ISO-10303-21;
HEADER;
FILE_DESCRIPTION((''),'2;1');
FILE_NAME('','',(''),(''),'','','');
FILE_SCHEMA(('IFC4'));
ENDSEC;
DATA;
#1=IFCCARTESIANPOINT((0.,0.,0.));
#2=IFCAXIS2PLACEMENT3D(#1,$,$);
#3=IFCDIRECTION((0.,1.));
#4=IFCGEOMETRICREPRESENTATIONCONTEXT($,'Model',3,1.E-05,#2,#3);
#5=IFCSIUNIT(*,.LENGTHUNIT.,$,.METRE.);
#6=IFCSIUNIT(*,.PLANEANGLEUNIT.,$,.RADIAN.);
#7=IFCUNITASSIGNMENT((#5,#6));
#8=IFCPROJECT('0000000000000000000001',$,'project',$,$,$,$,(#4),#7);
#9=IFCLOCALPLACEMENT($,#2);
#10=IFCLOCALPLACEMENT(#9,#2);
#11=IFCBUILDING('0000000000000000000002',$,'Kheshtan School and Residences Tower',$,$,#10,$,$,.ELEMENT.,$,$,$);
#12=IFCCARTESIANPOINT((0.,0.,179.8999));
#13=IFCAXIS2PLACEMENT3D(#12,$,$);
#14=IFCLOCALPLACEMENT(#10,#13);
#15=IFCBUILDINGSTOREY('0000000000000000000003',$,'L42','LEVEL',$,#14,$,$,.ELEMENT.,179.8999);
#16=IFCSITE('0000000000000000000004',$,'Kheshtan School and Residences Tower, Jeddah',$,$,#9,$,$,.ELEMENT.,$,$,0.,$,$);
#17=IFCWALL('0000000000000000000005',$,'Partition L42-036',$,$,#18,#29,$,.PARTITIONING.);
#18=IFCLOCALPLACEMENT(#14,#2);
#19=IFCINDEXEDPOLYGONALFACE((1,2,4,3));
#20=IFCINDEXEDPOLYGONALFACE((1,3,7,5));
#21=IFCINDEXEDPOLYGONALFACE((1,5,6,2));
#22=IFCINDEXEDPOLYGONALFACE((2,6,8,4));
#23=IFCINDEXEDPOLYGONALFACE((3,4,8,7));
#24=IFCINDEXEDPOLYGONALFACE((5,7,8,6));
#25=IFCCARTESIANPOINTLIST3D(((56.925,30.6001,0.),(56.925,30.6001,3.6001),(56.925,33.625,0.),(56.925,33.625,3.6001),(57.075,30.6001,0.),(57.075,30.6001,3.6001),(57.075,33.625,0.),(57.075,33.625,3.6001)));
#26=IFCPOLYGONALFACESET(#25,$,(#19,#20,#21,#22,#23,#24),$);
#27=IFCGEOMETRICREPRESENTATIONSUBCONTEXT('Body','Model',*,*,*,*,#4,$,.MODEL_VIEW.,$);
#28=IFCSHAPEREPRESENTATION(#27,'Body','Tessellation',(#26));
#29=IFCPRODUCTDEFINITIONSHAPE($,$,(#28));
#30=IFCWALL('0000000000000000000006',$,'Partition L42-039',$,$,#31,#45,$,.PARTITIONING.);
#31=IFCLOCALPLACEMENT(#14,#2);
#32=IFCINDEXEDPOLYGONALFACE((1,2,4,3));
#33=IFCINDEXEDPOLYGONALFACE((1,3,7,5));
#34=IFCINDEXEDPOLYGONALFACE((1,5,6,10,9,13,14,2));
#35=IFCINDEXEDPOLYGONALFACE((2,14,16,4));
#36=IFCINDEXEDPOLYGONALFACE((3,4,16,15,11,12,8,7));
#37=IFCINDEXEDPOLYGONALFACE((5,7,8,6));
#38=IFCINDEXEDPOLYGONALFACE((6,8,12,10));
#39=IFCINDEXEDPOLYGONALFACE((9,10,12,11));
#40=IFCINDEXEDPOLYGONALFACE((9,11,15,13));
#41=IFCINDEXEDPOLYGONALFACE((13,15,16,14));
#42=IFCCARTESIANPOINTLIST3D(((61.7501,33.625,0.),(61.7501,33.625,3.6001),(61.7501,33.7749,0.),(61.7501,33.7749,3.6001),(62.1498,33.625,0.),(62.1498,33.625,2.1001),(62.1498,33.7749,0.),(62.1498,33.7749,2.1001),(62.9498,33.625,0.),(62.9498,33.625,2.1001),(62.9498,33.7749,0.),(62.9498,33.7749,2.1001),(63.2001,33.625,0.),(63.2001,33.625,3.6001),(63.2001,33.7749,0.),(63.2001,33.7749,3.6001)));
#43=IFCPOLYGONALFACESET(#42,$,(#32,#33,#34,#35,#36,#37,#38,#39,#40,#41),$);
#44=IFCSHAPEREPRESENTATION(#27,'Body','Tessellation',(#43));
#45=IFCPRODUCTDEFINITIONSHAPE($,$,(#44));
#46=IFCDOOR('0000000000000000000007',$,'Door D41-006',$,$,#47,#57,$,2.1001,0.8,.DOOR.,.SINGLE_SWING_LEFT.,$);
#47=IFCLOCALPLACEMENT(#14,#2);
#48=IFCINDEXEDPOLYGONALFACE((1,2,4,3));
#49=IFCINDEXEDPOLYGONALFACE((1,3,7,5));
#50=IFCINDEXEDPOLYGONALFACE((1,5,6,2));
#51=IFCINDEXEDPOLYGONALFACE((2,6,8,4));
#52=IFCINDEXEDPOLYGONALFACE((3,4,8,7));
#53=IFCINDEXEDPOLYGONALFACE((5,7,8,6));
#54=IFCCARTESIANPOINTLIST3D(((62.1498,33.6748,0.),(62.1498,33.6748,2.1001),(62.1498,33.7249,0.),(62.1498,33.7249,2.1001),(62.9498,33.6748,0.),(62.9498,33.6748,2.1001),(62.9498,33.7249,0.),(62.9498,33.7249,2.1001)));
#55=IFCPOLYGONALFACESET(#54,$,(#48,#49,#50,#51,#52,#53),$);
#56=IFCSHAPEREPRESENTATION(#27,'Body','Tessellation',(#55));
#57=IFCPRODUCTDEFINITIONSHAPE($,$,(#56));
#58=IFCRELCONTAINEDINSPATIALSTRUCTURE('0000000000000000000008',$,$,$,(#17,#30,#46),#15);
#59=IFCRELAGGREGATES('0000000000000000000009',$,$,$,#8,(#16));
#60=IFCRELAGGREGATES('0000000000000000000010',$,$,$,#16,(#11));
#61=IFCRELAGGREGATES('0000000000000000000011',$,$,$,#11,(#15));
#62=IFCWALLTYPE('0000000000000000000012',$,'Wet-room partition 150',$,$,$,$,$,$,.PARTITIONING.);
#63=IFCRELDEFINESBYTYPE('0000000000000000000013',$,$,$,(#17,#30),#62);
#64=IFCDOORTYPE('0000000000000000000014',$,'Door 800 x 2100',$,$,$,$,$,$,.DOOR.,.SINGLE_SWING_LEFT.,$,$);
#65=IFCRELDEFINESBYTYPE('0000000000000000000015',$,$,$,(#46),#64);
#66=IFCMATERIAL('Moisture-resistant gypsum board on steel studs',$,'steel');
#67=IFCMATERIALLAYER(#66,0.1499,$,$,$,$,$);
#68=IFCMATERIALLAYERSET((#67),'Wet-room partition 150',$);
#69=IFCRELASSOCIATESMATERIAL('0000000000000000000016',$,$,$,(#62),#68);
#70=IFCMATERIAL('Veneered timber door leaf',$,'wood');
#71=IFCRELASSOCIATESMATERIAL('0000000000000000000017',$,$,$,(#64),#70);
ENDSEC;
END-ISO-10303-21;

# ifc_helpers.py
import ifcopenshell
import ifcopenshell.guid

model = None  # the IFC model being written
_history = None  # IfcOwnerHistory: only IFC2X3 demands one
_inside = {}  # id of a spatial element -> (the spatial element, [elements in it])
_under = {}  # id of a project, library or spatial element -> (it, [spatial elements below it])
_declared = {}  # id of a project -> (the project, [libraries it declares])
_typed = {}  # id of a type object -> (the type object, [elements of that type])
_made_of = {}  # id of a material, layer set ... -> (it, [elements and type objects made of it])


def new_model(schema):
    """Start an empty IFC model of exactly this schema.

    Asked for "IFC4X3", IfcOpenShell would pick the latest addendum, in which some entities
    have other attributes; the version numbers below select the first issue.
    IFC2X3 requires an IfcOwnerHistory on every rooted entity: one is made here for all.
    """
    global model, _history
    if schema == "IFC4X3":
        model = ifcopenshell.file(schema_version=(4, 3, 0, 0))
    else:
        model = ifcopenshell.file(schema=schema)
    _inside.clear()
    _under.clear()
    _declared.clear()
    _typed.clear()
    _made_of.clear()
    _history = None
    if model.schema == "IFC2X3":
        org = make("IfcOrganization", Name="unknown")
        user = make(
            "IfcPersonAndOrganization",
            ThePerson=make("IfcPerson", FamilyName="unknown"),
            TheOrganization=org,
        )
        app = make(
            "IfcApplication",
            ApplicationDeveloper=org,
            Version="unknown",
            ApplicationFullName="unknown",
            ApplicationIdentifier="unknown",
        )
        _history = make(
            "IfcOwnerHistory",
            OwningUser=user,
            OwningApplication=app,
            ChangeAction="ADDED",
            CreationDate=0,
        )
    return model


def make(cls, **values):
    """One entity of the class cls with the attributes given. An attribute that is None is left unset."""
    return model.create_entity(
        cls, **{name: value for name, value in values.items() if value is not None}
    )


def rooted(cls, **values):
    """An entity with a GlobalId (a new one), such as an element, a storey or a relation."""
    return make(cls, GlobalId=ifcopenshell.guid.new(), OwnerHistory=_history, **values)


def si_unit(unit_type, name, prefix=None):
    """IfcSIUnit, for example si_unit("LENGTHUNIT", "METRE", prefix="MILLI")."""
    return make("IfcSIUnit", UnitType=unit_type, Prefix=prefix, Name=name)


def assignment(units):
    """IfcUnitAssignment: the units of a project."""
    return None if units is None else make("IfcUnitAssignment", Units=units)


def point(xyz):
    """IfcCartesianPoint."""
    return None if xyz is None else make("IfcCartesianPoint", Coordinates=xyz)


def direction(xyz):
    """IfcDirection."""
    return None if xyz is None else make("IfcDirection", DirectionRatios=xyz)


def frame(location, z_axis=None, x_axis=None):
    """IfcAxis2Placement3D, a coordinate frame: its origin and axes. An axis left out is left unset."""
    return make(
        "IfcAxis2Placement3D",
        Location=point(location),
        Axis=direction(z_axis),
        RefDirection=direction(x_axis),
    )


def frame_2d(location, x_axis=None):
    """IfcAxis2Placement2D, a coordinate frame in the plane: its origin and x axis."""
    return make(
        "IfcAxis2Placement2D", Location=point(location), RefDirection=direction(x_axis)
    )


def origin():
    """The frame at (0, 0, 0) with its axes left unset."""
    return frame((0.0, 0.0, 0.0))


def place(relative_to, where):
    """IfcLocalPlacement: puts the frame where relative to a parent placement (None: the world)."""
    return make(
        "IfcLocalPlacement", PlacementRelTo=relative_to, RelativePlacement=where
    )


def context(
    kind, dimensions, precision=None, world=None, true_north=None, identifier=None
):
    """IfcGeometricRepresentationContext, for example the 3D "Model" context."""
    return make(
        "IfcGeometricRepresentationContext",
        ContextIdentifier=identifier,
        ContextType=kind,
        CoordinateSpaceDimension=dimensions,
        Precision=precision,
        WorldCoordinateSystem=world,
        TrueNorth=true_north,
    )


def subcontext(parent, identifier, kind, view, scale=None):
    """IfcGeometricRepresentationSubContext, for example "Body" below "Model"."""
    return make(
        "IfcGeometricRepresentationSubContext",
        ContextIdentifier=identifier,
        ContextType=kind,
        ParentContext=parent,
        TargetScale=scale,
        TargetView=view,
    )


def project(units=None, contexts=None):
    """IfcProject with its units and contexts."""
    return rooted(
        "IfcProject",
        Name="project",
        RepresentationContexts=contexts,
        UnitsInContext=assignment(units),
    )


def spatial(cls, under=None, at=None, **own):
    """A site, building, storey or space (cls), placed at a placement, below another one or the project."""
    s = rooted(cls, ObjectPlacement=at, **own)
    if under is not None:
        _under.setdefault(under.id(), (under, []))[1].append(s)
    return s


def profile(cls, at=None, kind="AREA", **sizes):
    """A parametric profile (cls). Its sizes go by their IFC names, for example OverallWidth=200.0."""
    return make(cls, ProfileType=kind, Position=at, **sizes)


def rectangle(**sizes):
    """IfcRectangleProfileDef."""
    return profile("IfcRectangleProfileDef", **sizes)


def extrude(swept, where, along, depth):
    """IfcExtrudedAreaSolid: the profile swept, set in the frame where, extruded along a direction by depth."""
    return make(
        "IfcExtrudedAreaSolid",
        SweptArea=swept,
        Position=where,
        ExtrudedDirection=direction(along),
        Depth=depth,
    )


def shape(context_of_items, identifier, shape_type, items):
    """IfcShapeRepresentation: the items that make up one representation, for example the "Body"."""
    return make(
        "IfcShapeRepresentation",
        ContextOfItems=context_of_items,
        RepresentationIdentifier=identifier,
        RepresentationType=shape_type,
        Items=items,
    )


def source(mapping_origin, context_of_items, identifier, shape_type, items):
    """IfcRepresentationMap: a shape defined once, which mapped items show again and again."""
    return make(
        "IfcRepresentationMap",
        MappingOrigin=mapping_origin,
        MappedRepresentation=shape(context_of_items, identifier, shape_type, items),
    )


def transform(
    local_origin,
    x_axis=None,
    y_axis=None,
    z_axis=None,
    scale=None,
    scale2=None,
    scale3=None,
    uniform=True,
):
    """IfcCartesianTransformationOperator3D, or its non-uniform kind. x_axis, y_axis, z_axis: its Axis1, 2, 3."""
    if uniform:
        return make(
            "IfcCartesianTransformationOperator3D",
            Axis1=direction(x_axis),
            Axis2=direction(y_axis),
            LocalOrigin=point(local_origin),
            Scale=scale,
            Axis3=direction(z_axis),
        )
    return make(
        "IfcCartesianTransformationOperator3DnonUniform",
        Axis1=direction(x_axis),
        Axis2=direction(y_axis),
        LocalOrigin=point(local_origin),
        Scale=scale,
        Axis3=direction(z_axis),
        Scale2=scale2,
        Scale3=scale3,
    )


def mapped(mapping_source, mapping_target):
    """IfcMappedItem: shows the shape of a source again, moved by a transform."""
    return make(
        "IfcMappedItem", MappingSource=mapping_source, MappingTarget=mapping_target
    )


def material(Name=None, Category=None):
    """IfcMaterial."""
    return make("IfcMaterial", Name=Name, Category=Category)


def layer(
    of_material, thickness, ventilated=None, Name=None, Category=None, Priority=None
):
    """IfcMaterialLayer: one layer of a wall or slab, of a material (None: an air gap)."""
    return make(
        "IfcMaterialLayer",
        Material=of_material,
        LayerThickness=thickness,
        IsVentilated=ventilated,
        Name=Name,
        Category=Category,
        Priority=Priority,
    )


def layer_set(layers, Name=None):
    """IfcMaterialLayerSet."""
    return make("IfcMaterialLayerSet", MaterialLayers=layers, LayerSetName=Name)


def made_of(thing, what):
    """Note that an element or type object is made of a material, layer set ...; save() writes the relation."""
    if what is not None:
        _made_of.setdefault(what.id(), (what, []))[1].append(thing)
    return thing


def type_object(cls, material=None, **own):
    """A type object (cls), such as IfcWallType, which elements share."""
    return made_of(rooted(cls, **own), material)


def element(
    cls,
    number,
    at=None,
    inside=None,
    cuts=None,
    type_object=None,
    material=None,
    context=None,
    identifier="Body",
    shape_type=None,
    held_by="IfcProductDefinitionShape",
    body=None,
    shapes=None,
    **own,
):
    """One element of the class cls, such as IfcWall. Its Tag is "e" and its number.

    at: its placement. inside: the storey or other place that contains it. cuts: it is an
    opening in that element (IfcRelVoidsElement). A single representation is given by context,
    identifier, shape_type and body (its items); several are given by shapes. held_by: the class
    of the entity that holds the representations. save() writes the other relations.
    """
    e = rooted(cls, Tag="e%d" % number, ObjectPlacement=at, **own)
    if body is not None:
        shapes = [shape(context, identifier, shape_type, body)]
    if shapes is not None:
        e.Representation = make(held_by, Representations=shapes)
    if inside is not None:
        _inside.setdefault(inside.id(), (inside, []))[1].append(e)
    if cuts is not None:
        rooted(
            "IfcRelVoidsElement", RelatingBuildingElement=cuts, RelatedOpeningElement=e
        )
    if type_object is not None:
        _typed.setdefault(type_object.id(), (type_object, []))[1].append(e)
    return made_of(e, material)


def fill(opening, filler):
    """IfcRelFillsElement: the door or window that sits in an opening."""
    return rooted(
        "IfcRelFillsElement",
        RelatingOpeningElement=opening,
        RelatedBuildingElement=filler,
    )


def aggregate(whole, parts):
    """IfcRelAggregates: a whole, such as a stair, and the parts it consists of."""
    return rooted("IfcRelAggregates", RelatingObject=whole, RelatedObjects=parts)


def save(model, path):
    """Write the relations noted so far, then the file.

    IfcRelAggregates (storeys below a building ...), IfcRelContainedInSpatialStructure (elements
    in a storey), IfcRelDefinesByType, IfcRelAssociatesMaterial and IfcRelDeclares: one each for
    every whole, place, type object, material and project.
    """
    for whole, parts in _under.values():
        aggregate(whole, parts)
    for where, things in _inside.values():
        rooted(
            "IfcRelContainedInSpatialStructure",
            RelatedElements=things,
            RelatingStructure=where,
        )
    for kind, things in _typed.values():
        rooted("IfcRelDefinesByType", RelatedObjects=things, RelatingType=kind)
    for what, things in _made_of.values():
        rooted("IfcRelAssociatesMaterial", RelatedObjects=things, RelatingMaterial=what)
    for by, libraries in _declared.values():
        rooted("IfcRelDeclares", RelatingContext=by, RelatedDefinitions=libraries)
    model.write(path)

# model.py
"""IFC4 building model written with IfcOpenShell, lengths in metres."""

from ifc_helpers import new_model, si_unit, direction, frame, frame_2d, origin, place, context, subcontext, project, spatial, rectangle, extrude, source, transform, mapped, material, layer, layer_set, type_object, element, fill, save


model = new_model("IFC4")

# Units and contexts
model_context = context("Model", 3, precision=1e-05, world=origin(), true_north=direction((0.0, 1.0)))
body_context = subcontext(model_context, "Body", "Model", "MODEL_VIEW")
ifc_project = project(units=[si_unit("LENGTHUNIT", "METRE"), si_unit("PLANEANGLEUNIT", "RADIAN")], contexts=[model_context])

# Site, building, storey
site_placement = place(None, origin())
site = spatial("IfcSite", under=ifc_project, at=site_placement, Name="Kheshtan School and Residences Tower, Jeddah", CompositionType="ELEMENT", RefElevation=0.0)
building_placement = place(site_placement, origin())
building = spatial("IfcBuilding", under=site, at=building_placement, Name="Kheshtan School and Residences Tower", CompositionType="ELEMENT")
storey_placement = place(building_placement, frame((0.0, 0.0, 179.8999)))
storey = spatial("IfcBuildingStorey", under=building, at=storey_placement, Name="L42", Description="LEVEL", CompositionType="ELEMENT", Elevation=179.8999)

# Wall
ifc_material_1 = material(Name="Moisture-resistant gypsum board on steel studs", Category="steel")
ifc_layer_1 = layer(ifc_material_1, 0.1499)
ifc_layer_set_1 = layer_set([ifc_layer_1], Name="Wet-room partition 150")
wall_type_1 = type_object("IfcWallType", Name="Wet-room partition 150", PredefinedType="PARTITIONING", material=ifc_layer_set_1)
for number, where, z_axis, x_axis, name in (
    (1, (57.0, 30.6001, 0.0), (0.0, 0.0, 1.0), (0.0, 1.0, 0.0), "Partition L42-036"),
):
    element("IfcWall", number, at=place(storey_placement, frame(where, z_axis=z_axis, x_axis=x_axis)), inside=storey, type_object=wall_type_1, Name=name, PredefinedType="PARTITIONING", context=body_context, shape_type="SweptSolid", body=[
        extrude(rectangle(XDim=3.0249, YDim=0.1499, at=frame_2d((1.5125, 0.0))), origin(), (0.0, 0.0, 1.0), 3.6001),
    ])

# Wall, opening, door
wall_1_placement = place(storey_placement, frame((61.75, 33.7, 0.0), z_axis=(0.0, 0.0, 1.0), x_axis=(1.0, 0.0, 0.0)))
wall_1 = element("IfcWall", 2, at=wall_1_placement, inside=storey, type_object=wall_type_1, Name="Partition L42-039", PredefinedType="PARTITIONING", context=body_context, shape_type="SweptSolid", body=[
    extrude(rectangle(XDim=1.45, YDim=0.1499, at=frame_2d((0.7251, 0.0))), origin(), (0.0, 0.0, 1.0), 3.6001),
])
opening_1_placement = place(wall_1_placement, frame((0.3999, 0.0, 0.0)))
opening_1 = element("IfcOpeningElement", 3, at=opening_1_placement, cuts=wall_1, PredefinedType="OPENING", context=body_context, shape_type="SweptSolid", body=[
    extrude(rectangle(XDim=0.8, YDim=2.1001, at=frame_2d((0.3999, 1.05))), frame((0.0, 0.085, 0.0), z_axis=(0.0, -1.0, 0.0), x_axis=(1.0, 0.0, 0.0)), (0.0, 0.0, 1.0), 0.1699),
])
ifc_material_2 = material(Name="Veneered timber door leaf", Category="wood")
door_type_1 = type_object("IfcDoorType", Name="Door 800 x 2100", OperationType="SINGLE_SWING_LEFT", PredefinedType="DOOR", material=ifc_material_2)
shared_shape_1 = source(origin(), body_context, "Body", "SweptSolid", [
    extrude(rectangle(XDim=0.8, YDim=2.1001, at=frame_2d((0.3999, 1.05))), frame((0.0, 0.0249, 0.0), z_axis=(0.0, -1.0, 0.0), x_axis=(1.0, 0.0, 0.0)), (0.0, 0.0, 1.0), 0.05),
])
door_1_placement = place(opening_1_placement, origin())
door_1 = element("IfcDoor", 4, at=door_1_placement, inside=storey, type_object=door_type_1, Name="Door D41-006", OperationType="SINGLE_SWING_LEFT", OverallHeight=2.1001, OverallWidth=0.8, PredefinedType="DOOR", context=body_context, shape_type="MappedRepresentation", body=[
    mapped(shared_shape_1, transform((0.0, 0.0, 0.0), x_axis=(1.0, 0.0, 0.0), y_axis=(0.0, 1.0, 0.0), z_axis=(0.0, 0.0, 1.0), scale=1.0)),
])
fill(opening_1, door_1)

save(model, "model.ifc")
